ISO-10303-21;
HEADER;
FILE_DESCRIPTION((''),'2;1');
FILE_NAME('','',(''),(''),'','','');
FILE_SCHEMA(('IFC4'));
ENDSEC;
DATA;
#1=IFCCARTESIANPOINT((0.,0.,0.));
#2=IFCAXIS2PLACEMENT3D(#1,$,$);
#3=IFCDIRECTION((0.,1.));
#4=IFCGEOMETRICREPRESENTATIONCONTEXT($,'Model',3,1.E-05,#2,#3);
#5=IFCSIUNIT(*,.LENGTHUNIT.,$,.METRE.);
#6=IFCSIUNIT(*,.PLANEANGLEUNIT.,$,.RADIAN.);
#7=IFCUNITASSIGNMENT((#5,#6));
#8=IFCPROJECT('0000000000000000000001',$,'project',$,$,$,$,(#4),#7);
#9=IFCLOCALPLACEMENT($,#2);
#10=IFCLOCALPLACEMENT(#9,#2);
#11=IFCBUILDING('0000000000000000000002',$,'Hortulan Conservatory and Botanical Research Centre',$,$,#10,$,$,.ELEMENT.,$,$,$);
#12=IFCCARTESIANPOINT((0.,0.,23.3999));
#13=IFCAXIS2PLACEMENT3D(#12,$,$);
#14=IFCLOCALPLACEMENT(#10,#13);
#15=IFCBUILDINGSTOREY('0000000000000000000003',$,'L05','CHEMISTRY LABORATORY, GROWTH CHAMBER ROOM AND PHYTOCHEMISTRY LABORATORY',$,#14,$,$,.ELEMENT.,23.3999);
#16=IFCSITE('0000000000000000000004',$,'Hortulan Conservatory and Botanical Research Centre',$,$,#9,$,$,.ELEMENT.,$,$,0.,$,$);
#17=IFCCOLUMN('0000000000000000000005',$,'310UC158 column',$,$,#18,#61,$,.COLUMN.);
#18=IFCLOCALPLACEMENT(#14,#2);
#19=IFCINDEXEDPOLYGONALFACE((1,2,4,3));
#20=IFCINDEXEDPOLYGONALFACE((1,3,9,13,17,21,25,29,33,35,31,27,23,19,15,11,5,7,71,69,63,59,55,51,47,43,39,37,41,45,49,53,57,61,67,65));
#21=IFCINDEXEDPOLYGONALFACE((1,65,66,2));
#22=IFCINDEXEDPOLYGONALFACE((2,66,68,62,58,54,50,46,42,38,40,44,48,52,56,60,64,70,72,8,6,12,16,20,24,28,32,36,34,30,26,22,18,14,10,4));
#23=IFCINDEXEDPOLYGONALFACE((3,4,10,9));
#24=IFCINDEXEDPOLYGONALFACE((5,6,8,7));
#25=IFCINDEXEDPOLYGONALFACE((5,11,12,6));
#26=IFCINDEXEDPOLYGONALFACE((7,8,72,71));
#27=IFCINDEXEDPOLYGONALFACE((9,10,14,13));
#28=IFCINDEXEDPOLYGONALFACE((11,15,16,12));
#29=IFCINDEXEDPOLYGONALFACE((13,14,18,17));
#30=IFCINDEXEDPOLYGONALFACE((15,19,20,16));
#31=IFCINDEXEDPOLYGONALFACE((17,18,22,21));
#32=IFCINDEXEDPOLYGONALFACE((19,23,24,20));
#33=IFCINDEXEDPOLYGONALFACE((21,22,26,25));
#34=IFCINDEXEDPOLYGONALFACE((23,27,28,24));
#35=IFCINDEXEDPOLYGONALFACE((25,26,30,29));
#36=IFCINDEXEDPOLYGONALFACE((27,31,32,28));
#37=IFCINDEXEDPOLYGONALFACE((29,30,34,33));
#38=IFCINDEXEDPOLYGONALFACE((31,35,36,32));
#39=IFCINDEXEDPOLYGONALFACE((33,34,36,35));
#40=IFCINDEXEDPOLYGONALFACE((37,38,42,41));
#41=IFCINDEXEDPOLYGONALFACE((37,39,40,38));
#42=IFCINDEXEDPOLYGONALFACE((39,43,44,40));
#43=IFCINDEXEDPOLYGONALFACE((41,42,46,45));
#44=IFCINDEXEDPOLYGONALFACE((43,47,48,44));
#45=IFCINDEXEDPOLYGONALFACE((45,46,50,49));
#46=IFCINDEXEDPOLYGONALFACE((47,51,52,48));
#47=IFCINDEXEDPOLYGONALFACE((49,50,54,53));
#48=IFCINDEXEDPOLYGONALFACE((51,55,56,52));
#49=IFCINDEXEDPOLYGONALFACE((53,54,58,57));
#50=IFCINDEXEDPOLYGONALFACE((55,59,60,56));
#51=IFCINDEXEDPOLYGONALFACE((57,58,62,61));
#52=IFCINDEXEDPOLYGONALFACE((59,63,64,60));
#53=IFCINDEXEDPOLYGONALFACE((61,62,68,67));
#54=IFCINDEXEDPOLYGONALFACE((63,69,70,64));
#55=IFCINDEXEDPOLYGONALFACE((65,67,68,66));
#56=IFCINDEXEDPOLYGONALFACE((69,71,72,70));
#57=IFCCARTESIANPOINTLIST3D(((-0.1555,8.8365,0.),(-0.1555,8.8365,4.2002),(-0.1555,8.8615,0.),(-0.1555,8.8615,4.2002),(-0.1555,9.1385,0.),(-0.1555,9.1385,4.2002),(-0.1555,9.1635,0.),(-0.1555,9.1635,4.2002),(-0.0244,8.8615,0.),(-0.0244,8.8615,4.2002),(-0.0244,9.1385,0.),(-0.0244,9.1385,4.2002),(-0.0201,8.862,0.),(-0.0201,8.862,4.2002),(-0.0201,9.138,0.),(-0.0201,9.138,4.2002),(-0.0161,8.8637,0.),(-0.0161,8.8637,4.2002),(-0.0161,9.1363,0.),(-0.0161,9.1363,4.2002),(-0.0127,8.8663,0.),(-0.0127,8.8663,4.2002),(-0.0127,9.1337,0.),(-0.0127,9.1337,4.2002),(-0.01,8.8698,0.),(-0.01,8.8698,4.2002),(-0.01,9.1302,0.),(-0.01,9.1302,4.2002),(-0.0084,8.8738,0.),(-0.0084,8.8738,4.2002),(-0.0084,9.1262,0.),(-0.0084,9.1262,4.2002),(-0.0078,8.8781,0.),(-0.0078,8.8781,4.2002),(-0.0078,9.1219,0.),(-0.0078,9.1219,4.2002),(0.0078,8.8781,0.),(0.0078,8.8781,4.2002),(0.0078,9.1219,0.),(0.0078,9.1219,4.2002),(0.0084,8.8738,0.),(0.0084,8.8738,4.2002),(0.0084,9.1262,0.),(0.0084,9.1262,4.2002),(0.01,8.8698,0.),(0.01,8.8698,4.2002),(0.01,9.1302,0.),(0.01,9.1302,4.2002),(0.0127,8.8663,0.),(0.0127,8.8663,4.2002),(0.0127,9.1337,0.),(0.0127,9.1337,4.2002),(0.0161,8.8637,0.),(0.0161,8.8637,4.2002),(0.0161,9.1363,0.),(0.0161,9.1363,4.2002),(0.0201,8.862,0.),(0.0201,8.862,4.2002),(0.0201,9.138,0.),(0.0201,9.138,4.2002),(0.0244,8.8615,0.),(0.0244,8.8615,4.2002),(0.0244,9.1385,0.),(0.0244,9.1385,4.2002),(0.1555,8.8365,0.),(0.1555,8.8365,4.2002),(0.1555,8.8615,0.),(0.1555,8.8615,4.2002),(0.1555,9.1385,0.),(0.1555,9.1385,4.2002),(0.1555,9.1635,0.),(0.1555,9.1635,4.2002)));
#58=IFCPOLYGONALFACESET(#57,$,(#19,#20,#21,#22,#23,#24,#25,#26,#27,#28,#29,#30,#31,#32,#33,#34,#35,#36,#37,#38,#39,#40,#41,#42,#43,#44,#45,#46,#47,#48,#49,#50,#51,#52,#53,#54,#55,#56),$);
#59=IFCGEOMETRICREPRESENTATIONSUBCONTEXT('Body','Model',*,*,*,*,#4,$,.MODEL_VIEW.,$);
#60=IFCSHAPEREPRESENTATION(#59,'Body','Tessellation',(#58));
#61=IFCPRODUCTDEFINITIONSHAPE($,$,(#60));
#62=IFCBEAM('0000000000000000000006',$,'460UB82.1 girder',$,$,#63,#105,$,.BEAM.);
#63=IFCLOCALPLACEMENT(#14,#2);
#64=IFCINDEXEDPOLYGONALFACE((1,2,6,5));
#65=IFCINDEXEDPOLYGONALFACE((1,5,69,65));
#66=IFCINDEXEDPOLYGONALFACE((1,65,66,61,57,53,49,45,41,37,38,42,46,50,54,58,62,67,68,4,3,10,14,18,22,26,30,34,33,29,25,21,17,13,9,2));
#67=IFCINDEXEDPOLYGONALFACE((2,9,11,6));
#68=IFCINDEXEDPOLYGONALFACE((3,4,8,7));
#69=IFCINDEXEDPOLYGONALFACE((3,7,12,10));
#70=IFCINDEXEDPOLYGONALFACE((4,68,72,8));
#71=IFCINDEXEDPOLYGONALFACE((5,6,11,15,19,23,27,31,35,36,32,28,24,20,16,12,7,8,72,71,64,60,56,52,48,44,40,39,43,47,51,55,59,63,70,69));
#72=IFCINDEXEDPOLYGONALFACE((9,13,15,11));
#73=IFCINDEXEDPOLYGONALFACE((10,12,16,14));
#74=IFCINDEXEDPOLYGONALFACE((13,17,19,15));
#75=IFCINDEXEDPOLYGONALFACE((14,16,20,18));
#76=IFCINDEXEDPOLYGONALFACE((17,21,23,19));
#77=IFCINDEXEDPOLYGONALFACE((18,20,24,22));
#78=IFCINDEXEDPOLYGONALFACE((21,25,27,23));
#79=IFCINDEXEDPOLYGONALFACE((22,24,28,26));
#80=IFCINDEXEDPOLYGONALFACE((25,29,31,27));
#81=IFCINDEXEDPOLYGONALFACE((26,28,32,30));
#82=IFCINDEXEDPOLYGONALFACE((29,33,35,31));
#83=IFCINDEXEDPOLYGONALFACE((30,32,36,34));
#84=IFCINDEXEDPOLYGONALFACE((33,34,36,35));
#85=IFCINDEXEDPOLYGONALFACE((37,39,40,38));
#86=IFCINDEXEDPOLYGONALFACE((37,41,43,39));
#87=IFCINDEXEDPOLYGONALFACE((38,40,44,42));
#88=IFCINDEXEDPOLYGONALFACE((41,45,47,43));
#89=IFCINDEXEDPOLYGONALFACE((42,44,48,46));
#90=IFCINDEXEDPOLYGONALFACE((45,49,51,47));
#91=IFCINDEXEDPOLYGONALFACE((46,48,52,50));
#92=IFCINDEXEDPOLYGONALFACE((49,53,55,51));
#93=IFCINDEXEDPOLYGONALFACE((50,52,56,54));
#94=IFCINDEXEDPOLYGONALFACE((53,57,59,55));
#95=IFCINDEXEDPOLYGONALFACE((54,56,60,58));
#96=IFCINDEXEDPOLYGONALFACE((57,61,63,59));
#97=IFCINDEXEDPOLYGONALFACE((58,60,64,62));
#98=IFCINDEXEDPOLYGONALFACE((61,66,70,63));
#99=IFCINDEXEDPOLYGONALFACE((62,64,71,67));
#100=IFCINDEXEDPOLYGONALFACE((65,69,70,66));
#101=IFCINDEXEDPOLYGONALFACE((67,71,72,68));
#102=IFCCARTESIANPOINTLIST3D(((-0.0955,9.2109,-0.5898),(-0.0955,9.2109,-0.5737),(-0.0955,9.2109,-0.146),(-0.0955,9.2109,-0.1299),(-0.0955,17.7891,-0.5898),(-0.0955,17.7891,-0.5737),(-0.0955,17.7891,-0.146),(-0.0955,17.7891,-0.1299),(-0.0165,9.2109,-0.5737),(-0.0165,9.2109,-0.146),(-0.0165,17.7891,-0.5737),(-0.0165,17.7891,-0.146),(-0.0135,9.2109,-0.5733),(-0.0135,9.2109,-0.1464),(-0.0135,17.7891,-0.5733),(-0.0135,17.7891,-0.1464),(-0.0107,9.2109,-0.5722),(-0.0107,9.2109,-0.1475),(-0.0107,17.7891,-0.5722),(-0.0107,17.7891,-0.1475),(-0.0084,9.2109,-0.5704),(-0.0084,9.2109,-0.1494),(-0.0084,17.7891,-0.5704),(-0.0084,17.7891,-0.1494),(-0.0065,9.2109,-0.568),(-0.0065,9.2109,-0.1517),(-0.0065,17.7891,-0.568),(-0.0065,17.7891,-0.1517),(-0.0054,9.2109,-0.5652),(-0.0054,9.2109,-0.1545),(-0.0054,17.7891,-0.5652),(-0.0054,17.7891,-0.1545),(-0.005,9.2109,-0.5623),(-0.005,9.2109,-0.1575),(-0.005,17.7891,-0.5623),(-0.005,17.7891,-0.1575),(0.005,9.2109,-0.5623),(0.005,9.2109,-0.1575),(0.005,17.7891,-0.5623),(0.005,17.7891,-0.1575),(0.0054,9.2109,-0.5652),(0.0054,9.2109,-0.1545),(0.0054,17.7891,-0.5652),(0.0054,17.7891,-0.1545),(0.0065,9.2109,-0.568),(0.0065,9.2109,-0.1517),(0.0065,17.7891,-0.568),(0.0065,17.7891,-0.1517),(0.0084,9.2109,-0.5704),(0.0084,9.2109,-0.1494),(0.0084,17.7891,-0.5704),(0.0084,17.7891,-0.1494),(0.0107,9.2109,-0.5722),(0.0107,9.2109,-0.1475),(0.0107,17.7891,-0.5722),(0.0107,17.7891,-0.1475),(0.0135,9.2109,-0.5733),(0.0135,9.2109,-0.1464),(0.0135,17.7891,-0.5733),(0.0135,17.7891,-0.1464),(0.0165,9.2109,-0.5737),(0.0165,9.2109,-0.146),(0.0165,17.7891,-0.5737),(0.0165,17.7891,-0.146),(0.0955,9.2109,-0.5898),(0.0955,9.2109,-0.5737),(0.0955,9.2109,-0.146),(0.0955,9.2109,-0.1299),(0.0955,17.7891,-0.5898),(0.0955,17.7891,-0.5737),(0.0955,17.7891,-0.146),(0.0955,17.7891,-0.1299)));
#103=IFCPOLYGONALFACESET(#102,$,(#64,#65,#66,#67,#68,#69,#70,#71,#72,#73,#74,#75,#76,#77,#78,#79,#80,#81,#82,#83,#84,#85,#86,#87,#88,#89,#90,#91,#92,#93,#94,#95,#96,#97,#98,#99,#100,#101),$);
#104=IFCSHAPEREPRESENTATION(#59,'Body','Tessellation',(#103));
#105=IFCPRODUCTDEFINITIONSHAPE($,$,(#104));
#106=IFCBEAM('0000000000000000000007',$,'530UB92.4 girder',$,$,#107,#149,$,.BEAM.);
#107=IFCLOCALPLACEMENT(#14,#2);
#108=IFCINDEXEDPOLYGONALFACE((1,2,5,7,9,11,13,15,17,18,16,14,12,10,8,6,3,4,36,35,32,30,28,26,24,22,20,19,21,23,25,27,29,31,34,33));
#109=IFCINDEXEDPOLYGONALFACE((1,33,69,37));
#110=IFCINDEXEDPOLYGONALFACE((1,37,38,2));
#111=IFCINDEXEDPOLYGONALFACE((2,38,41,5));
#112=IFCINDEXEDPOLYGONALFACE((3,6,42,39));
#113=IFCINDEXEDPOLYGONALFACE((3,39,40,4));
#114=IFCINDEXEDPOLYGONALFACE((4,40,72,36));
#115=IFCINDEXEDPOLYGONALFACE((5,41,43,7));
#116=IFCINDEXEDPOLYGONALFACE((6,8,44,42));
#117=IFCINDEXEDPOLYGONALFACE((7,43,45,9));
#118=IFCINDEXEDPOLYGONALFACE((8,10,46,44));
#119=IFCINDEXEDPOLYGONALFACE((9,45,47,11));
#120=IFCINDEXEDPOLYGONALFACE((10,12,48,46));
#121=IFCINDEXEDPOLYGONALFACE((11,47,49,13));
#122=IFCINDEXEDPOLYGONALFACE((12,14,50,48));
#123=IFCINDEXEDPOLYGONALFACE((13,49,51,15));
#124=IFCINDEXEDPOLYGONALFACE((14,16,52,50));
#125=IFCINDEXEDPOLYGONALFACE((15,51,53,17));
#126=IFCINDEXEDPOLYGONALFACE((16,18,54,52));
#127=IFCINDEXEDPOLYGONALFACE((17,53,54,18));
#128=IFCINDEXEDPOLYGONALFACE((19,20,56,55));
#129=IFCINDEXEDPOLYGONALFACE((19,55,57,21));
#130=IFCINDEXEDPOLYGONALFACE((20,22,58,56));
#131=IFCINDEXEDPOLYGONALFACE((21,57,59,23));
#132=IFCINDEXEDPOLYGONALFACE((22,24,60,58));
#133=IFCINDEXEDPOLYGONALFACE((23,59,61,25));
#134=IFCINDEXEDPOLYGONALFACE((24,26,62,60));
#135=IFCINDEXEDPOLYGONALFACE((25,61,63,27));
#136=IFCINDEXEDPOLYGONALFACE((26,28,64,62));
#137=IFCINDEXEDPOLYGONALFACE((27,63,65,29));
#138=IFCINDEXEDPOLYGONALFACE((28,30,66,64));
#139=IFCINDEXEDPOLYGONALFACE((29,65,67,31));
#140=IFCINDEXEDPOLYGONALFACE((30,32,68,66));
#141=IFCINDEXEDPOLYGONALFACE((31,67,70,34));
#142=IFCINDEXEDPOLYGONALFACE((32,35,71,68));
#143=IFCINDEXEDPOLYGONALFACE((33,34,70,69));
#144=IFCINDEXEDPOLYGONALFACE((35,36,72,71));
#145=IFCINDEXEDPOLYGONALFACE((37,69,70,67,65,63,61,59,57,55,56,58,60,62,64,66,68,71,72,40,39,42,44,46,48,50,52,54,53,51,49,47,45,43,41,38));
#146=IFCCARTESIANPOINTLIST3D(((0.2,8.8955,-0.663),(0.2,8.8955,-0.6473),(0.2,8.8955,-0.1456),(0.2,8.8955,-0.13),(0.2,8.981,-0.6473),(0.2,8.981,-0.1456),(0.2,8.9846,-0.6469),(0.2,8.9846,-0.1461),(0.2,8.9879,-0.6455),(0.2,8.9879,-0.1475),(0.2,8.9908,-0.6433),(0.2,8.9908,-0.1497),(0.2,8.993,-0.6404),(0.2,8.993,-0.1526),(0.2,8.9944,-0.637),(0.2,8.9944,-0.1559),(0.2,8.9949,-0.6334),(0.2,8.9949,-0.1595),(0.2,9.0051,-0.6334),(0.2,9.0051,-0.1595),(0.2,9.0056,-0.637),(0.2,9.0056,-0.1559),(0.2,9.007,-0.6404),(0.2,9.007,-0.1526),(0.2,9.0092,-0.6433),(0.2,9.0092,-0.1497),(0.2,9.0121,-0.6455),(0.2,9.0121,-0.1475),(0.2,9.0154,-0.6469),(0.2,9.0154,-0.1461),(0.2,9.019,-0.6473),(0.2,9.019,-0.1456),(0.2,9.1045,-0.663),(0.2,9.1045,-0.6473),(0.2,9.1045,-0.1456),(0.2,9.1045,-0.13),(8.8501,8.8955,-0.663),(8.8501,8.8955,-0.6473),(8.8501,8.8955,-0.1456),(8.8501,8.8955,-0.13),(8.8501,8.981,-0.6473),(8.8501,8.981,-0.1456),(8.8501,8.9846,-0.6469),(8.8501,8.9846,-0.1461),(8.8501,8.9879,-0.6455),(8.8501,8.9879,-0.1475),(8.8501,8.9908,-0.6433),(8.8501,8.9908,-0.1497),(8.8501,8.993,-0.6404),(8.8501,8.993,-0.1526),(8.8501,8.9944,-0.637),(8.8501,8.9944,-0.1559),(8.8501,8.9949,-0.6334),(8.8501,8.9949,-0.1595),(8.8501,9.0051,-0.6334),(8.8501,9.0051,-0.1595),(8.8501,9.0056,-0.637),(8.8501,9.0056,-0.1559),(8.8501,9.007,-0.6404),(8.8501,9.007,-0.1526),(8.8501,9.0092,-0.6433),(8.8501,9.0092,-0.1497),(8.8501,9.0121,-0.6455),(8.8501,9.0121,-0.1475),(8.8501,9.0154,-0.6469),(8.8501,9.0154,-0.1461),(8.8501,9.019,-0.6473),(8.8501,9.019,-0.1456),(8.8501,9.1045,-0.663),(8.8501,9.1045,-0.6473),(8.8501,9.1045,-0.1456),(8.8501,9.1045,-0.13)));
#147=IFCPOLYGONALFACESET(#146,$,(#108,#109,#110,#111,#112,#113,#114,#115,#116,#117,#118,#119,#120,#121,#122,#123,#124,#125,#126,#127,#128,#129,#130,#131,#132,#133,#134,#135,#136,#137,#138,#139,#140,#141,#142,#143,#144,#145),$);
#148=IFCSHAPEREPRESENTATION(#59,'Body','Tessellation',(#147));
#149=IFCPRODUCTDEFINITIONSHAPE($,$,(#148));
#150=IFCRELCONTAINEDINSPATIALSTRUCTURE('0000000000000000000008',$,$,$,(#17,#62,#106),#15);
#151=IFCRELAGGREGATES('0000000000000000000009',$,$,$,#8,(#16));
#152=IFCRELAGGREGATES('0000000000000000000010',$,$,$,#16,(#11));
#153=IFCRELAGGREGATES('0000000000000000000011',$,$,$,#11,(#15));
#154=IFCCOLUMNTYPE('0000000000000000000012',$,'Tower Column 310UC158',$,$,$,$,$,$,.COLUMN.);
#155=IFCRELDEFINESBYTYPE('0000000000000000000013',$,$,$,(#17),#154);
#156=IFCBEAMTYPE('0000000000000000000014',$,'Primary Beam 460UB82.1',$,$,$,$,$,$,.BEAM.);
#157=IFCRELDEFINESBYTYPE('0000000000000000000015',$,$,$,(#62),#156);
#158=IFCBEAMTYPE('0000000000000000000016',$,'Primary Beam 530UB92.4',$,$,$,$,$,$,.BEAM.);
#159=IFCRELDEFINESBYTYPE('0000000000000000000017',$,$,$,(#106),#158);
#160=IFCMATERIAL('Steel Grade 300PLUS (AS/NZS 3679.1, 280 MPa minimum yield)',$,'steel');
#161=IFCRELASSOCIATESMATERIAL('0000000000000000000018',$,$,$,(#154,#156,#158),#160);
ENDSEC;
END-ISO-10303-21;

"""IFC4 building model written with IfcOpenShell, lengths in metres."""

from ifc_helpers import new_model, si_unit, direction, frame, origin, origin_2d, place, context, subcontext, project, spatial, i_section, extrude, material, material_profile, profile_set, type_object, element, save


model = new_model("IFC4")

# Units and contexts
model_context = context("Model", 3, precision=1e-05, world=origin(), true_north=direction((0.0, 1.0)))
body_context = subcontext(model_context, "Body", "Model", "MODEL_VIEW")
ifc_project = project(units=[si_unit("LENGTHUNIT", "METRE"), si_unit("PLANEANGLEUNIT", "RADIAN")], contexts=[model_context])

# Site, building, storey
site_placement = place(None, origin())
site = spatial("IfcSite", under=ifc_project, at=site_placement, Name="Hortulan Conservatory and Botanical Research Centre", CompositionType="ELEMENT", RefElevation=0.0)
building_placement = place(site_placement, origin())
building = spatial("IfcBuilding", under=site, at=building_placement, Name="Hortulan Conservatory and Botanical Research Centre", CompositionType="ELEMENT")
storey_placement = place(building_placement, frame((0.0, 0.0, 23.3999)))
storey = spatial("IfcBuildingStorey", under=building, at=storey_placement, Name="L05", Description="CHEMISTRY LABORATORY, GROWTH CHAMBER ROOM AND PHYTOCHEMISTRY LABORATORY", CompositionType="ELEMENT", Elevation=23.3999)

# Column
ifc_material_1 = material(Name="Steel Grade 300PLUS (AS/NZS 3679.1, 280 MPa minimum yield)", Category="steel")
ifc_material_profile_1 = material_profile(ifc_material_1, i_section(OverallWidth=0.311, OverallDepth=0.3269, WebThickness=0.0156, FlangeThickness=0.0249, FilletRadius=0.0166, at=origin_2d()), Name="310UC158")
ifc_profile_set_1 = profile_set([ifc_material_profile_1], Name="Steel Grade 300PLUS (AS/NZS 3679.1, 280 MPa minimum yield)")
column_type = type_object("IfcColumnType", Name="Tower Column 310UC158", PredefinedType="COLUMN", material=ifc_profile_set_1)
column_placement = place(storey_placement, frame((0.0, 9.0, 0.0), z_axis=(0.0, 0.0, 1.0), x_axis=(1.0, 0.0, 0.0)))
element("IfcColumn", 1, at=column_placement, inside=storey, type_object=column_type, Name="310UC158 column", PredefinedType="COLUMN", context=body_context, shape_type="SweptSolid", body=[
    extrude(i_section(OverallWidth=0.311, OverallDepth=0.3269, WebThickness=0.0156, FlangeThickness=0.0249, FilletRadius=0.0166, at=origin_2d()), origin(), (0.0, 0.0, 1.0), 4.2002),
])

# Beams
ifc_material_profile_2 = material_profile(ifc_material_1, i_section(OverallWidth=0.1909, OverallDepth=0.46, WebThickness=0.01, FlangeThickness=0.0161, FilletRadius=0.0115, at=origin_2d()), Name="460UB82.1")
ifc_profile_set_2 = profile_set([ifc_material_profile_2], Name="Steel Grade 300PLUS (AS/NZS 3679.1, 280 MPa minimum yield)")
beam_type_1 = type_object("IfcBeamType", Name="Primary Beam 460UB82.1", PredefinedType="BEAM", material=ifc_profile_set_2)
beam_1_placement = place(storey_placement, frame((0.0, 9.2109, -0.3599), z_axis=(0.0, 1.0, 0.0), x_axis=(-1.0, 0.0, 0.0)))
element("IfcBeam", 2, at=beam_1_placement, inside=storey, type_object=beam_type_1, Name="460UB82.1 girder", PredefinedType="BEAM", context=body_context, shape_type="SweptSolid", body=[
    extrude(i_section(OverallWidth=0.1909, OverallDepth=0.46, WebThickness=0.01, FlangeThickness=0.0161, FilletRadius=0.0115, at=origin_2d()), origin(), (0.0, 0.0, 1.0), 8.5781),
])
ifc_material_profile_3 = material_profile(ifc_material_1, i_section(OverallWidth=0.209, OverallDepth=0.533, WebThickness=0.0103, FlangeThickness=0.0156, FilletRadius=0.0139, at=origin_2d()), Name="530UB92.4")
ifc_profile_set_3 = profile_set([ifc_material_profile_3], Name="Steel Grade 300PLUS (AS/NZS 3679.1, 280 MPa minimum yield)")
beam_type_2 = type_object("IfcBeamType", Name="Primary Beam 530UB92.4", PredefinedType="BEAM", material=ifc_profile_set_3)
beam_2_placement = place(storey_placement, frame((0.2, 9.0, -0.3965), z_axis=(1.0, 0.0, 0.0), x_axis=(0.0, 1.0, 0.0)))
element("IfcBeam", 3, at=beam_2_placement, inside=storey, type_object=beam_type_2, Name="530UB92.4 girder", PredefinedType="BEAM", context=body_context, shape_type="SweptSolid", body=[
    extrude(i_section(OverallWidth=0.209, OverallDepth=0.533, WebThickness=0.0103, FlangeThickness=0.0156, FilletRadius=0.0139, at=origin_2d()), origin(), (0.0, 0.0, 1.0), 8.6501),
])

save(model, "model.ifc")
